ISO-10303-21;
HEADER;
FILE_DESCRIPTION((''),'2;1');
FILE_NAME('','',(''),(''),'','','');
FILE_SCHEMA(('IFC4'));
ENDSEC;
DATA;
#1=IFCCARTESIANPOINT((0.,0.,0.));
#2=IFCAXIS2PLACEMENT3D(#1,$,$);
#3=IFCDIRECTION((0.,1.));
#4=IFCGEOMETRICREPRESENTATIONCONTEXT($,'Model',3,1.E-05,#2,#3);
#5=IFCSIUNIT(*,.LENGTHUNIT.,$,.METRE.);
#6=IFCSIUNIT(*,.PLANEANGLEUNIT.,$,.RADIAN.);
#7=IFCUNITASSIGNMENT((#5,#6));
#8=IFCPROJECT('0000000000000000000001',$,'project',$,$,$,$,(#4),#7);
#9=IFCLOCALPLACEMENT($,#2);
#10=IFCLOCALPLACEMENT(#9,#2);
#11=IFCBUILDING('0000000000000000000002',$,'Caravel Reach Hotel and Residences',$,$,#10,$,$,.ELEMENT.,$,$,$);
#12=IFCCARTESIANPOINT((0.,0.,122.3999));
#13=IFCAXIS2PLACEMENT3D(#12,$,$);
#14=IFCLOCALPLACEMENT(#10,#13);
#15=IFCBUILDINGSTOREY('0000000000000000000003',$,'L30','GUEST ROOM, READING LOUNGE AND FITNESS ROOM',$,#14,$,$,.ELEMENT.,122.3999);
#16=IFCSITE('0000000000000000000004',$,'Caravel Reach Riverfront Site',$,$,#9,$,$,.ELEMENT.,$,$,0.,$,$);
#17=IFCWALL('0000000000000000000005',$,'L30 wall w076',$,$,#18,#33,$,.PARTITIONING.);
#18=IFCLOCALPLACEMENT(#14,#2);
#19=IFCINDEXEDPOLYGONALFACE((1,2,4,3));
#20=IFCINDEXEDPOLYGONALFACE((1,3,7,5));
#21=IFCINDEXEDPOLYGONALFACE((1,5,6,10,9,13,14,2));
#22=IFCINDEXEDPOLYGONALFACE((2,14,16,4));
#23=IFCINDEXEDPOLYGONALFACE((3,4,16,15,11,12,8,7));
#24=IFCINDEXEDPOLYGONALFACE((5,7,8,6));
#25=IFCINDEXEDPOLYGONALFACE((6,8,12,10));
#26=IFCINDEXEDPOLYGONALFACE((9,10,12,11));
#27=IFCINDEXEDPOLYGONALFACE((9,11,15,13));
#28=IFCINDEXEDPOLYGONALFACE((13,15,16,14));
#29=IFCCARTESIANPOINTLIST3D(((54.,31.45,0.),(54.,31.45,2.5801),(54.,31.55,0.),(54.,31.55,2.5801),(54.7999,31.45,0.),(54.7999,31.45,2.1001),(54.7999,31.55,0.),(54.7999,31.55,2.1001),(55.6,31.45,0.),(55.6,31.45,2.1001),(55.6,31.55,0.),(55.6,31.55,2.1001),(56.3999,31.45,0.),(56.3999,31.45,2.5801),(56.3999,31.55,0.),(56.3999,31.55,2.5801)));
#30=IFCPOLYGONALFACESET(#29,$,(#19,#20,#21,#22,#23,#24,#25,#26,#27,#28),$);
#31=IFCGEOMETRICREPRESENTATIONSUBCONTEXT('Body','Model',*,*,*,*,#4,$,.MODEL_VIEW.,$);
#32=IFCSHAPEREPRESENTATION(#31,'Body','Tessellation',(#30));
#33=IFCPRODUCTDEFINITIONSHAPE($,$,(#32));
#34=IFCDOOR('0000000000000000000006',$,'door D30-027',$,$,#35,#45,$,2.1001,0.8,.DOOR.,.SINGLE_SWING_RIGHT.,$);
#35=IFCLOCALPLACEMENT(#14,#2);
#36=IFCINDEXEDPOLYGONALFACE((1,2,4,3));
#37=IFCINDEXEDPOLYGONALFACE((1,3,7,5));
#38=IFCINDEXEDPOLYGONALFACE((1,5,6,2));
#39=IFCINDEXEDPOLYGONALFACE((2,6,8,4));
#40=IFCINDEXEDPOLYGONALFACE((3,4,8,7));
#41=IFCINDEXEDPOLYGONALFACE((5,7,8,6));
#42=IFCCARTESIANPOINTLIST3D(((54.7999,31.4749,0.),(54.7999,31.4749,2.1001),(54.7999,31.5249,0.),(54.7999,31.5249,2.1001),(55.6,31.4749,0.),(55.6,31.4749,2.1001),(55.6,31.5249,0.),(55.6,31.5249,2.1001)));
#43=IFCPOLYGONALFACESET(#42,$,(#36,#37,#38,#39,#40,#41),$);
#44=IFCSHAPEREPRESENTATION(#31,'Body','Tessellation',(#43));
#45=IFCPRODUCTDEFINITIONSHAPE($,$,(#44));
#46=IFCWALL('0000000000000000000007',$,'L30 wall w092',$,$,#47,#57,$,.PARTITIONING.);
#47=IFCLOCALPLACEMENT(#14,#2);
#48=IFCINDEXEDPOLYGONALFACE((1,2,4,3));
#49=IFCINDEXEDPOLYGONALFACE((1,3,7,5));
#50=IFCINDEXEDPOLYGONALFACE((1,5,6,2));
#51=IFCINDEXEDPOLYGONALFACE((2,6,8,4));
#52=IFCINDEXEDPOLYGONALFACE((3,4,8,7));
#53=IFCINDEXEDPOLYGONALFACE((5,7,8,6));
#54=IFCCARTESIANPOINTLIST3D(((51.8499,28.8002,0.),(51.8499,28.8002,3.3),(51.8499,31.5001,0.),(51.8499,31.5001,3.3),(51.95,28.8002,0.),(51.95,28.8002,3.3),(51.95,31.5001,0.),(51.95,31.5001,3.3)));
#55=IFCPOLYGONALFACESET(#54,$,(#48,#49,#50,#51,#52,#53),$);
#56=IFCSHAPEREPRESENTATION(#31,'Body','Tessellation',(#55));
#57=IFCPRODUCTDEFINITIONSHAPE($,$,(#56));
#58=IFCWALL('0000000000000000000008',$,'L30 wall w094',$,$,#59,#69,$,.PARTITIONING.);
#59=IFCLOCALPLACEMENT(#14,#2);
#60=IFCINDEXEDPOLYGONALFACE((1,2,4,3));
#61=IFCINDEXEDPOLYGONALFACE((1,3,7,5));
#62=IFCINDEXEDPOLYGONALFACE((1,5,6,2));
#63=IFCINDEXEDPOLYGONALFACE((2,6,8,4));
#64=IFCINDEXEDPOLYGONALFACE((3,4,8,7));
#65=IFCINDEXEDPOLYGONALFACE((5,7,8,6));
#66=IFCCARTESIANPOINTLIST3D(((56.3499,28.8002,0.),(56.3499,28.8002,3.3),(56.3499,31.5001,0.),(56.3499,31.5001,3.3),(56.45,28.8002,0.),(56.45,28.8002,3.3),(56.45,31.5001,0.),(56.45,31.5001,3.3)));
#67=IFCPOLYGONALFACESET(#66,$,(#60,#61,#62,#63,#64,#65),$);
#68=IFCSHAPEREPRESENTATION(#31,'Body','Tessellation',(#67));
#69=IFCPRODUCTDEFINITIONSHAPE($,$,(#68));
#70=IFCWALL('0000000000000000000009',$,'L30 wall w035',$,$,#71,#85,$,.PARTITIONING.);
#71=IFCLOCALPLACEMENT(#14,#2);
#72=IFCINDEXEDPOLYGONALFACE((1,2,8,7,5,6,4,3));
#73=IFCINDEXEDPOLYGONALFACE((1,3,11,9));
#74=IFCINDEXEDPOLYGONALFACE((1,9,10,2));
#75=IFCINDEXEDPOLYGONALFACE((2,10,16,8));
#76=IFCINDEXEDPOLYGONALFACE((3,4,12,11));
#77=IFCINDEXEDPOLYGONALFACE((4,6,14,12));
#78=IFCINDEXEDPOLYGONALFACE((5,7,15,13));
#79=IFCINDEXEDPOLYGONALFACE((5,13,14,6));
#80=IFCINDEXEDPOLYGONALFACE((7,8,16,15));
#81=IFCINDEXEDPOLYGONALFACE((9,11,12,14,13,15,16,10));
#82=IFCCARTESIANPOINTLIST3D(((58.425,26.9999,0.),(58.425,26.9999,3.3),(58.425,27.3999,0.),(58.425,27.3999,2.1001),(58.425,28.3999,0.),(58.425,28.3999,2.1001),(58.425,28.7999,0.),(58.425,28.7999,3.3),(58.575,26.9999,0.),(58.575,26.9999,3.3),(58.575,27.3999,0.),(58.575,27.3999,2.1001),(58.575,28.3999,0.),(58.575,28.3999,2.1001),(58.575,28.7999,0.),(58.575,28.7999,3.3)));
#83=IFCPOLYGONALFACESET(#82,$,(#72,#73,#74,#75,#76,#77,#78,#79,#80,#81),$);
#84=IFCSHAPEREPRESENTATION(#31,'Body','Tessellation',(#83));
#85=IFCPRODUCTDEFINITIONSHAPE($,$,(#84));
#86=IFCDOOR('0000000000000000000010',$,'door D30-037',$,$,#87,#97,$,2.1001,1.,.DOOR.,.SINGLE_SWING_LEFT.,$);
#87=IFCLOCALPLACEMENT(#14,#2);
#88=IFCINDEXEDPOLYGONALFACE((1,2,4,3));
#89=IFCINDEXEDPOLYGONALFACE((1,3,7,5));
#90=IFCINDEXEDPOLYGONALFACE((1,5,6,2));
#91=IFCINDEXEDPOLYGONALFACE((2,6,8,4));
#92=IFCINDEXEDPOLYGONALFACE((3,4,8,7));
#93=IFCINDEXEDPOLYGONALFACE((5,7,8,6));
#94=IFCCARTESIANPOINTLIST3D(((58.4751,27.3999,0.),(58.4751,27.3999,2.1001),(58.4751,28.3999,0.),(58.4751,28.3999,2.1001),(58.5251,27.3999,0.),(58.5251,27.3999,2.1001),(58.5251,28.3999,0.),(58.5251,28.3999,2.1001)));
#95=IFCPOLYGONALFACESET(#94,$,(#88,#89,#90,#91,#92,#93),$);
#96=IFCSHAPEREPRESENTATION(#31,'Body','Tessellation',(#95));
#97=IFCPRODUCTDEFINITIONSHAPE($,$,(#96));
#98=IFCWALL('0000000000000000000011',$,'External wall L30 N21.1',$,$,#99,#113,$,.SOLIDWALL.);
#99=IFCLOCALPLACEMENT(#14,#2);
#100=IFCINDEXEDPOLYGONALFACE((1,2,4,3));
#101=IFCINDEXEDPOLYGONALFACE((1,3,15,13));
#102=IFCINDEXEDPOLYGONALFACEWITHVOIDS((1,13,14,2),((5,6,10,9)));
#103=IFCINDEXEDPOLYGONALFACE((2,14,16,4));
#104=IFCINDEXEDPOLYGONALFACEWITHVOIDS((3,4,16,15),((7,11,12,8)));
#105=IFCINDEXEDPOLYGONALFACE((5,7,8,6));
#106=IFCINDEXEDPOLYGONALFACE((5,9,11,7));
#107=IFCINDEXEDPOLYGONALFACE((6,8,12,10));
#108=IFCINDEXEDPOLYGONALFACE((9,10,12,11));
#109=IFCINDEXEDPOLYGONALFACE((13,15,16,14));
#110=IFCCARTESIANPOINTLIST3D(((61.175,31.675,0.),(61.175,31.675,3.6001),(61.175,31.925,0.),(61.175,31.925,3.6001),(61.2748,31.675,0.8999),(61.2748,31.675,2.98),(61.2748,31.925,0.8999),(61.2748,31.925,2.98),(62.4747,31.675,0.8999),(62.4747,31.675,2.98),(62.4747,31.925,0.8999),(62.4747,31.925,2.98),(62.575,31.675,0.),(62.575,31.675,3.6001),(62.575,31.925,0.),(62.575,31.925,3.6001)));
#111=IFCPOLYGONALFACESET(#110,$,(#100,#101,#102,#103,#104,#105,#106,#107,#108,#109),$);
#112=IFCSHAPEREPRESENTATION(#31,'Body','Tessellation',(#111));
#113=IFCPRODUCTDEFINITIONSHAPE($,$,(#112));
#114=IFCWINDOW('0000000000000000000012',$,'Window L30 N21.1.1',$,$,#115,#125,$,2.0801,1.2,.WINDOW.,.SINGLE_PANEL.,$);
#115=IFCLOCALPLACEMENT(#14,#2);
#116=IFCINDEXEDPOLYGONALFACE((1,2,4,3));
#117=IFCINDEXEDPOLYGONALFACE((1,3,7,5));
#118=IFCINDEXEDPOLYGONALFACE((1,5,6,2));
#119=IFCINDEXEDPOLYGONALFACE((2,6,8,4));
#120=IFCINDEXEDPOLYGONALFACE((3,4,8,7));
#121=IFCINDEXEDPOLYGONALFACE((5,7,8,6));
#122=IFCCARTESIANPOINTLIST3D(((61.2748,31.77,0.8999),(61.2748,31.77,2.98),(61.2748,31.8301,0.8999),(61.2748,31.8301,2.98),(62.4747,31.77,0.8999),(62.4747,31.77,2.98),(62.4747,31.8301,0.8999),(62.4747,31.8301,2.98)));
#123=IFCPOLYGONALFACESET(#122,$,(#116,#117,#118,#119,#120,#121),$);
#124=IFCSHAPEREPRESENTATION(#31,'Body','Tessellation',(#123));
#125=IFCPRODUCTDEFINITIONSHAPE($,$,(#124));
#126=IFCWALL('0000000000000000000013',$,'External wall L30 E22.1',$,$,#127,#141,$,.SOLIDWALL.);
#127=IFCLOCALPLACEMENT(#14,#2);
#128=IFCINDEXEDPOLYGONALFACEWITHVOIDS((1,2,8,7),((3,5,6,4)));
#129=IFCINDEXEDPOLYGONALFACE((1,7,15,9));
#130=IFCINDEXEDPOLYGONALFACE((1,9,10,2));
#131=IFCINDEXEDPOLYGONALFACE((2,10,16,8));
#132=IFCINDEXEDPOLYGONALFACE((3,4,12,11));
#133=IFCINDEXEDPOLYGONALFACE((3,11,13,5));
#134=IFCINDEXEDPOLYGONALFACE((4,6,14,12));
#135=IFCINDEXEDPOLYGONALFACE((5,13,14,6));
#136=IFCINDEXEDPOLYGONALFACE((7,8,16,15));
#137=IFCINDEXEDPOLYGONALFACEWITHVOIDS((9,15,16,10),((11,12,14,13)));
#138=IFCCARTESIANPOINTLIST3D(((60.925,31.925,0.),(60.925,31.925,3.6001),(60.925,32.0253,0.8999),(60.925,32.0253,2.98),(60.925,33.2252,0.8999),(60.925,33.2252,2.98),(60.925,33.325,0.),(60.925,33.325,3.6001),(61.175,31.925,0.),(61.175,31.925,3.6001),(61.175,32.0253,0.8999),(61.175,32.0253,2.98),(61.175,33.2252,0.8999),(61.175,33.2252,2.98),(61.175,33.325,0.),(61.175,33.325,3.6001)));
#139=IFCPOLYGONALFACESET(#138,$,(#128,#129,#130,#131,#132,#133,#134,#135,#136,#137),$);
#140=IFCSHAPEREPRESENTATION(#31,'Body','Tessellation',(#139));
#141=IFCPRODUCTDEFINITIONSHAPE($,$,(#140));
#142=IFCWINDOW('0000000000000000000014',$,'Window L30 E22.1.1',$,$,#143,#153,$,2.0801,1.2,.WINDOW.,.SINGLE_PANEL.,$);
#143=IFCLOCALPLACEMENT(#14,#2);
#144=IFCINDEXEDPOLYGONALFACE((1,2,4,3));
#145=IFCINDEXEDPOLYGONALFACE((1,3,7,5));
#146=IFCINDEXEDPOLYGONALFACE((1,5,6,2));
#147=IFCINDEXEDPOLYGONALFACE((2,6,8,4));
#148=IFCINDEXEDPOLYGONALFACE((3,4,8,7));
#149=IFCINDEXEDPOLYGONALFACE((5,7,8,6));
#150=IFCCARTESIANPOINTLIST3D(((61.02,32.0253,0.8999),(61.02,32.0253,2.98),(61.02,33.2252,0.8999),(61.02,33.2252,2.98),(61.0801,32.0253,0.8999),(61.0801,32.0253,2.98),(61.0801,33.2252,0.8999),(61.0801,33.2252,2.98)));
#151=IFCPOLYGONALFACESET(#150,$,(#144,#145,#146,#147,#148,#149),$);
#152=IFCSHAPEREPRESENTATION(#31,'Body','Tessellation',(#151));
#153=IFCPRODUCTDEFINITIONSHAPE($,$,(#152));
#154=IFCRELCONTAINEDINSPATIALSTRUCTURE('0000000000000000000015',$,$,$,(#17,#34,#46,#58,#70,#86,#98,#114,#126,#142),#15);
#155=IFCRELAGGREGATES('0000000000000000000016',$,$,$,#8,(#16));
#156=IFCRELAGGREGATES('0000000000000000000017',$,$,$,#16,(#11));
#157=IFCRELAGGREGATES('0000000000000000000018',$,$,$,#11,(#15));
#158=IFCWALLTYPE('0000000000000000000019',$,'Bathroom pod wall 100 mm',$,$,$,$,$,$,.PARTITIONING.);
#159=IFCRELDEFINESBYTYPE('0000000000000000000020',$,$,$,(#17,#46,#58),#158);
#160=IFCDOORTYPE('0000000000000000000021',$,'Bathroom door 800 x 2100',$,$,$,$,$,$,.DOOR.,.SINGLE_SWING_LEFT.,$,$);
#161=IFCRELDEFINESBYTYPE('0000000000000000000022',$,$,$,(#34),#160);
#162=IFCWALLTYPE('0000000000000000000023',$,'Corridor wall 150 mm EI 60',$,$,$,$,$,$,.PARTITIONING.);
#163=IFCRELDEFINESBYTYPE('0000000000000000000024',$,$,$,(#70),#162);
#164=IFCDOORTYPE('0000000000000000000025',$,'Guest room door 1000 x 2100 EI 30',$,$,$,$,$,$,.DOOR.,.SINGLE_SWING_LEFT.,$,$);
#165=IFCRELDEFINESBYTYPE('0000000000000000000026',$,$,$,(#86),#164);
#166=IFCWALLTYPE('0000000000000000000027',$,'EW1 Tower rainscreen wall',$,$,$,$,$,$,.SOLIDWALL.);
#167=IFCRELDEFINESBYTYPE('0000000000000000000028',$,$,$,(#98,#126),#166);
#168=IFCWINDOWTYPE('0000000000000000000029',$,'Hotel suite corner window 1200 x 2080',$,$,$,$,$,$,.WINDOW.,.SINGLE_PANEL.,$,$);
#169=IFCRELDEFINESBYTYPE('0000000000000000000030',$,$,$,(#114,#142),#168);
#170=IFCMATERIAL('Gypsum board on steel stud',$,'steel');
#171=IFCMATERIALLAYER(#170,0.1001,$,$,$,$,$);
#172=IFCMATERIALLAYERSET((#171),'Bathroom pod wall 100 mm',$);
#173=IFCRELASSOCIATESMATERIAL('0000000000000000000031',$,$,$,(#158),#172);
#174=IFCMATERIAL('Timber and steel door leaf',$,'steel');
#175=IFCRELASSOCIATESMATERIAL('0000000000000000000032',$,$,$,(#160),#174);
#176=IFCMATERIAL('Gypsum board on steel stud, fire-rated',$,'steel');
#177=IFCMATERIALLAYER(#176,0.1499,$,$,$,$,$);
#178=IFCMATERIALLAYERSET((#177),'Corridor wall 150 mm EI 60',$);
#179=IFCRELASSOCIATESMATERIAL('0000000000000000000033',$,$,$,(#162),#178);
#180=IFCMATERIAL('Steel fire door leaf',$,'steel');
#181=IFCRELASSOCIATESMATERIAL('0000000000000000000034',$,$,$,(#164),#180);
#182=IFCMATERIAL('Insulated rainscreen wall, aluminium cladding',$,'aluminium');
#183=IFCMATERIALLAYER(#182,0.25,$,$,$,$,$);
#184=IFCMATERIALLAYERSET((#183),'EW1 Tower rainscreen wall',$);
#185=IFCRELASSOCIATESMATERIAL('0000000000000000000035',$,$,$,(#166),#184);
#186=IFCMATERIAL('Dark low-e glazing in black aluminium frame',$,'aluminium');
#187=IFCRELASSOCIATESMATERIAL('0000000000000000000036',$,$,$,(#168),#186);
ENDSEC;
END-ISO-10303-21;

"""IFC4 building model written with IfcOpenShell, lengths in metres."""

from ifc_helpers import new_model, si_unit, direction, frame, frame_2d, origin, place, context, subcontext, project, spatial, rectangle, extrude, material, layer, layer_set, type_object, element, fill, save


model = new_model("IFC4")

# Units and contexts
model_context = context("Model", 3, precision=1e-05, world=origin(), true_north=direction((0.0, 1.0)))
body_context = subcontext(model_context, "Body", "Model", "MODEL_VIEW")
ifc_project = project(units=[si_unit("LENGTHUNIT", "METRE"), si_unit("PLANEANGLEUNIT", "RADIAN")], contexts=[model_context])

# Site, building, storey
site_placement = place(None, origin())
site = spatial("IfcSite", under=ifc_project, at=site_placement, Name="Caravel Reach Riverfront Site", CompositionType="ELEMENT", RefElevation=0.0)
building_placement = place(site_placement, origin())
building = spatial("IfcBuilding", under=site, at=building_placement, Name="Caravel Reach Hotel and Residences", CompositionType="ELEMENT")
storey_placement = place(building_placement, frame((0.0, 0.0, 122.3999)))
storey = spatial("IfcBuildingStorey", under=building, at=storey_placement, Name="L30", Description="GUEST ROOM, READING LOUNGE AND FITNESS ROOM", CompositionType="ELEMENT", Elevation=122.3999)

# Wall, opening, door
ifc_material_1 = material(Name="Gypsum board on steel stud", Category="steel")
ifc_layer_1 = layer(ifc_material_1, 0.1001)
ifc_layer_set_1 = layer_set([ifc_layer_1], Name="Bathroom pod wall 100 mm")
wall_type_1 = type_object("IfcWallType", Name="Bathroom pod wall 100 mm", PredefinedType="PARTITIONING", material=ifc_layer_set_1)
wall_1_placement = place(storey_placement, frame((54.0, 31.5, 0.0), z_axis=(0.0, 0.0, 1.0), x_axis=(1.0, 0.0, 0.0)))
wall_1 = element("IfcWall", 1, at=wall_1_placement, inside=storey, type_object=wall_type_1, Name="L30 wall w076", PredefinedType="PARTITIONING", context=body_context, shape_type="SweptSolid", body=[
    extrude(rectangle(XDim=2.3999, YDim=0.1001, at=frame_2d((1.2, 0.0))), origin(), (0.0, 0.0, 1.0), 2.5801),
])
opening_1_placement = place(wall_1_placement, frame((0.8, 0.0, 0.0)))
opening_1 = element("IfcOpeningElement", 2, at=opening_1_placement, cuts=wall_1, PredefinedType="OPENING", context=body_context, shape_type="SweptSolid", body=[
    extrude(rectangle(XDim=0.8, YDim=2.1001, at=frame_2d((0.3999, 1.05))), frame((0.0, 0.0601, 0.0), z_axis=(0.0, -1.0, 0.0), x_axis=(1.0, 0.0, 0.0)), (0.0, 0.0, 1.0), 0.1201),
])
ifc_material_2 = material(Name="Timber and steel door leaf", Category="steel")
door_type_1 = type_object("IfcDoorType", Name="Bathroom door 800 x 2100", OperationType="SINGLE_SWING_LEFT", PredefinedType="DOOR", material=ifc_material_2)
door_1_placement = place(opening_1_placement, origin())
door_1 = element("IfcDoor", 3, at=door_1_placement, inside=storey, type_object=door_type_1, Name="door D30-027", OperationType="SINGLE_SWING_RIGHT", OverallHeight=2.1001, OverallWidth=0.8, PredefinedType="DOOR", context=body_context, shape_type="SweptSolid", body=[
    extrude(rectangle(XDim=0.8, YDim=2.1001, at=frame_2d((0.3999, 1.05))), frame((0.0, 0.0249, 0.0), z_axis=(0.0, -1.0, 0.0), x_axis=(1.0, 0.0, 0.0)), (0.0, 0.0, 1.0), 0.05),
])
fill(opening_1, door_1)

# Walls
for number, where, z_axis, x_axis, name in (
    (4, (51.8999, 28.8, 0.0), (0.0, 0.0, 1.0), (0.0, 1.0, 0.0), "L30 wall w092"),
    (5, (56.3999, 28.8, 0.0), (0.0, 0.0, 1.0), (0.0, 1.0, 0.0), "L30 wall w094"),
):
    element("IfcWall", number, at=place(storey_placement, frame(where, z_axis=z_axis, x_axis=x_axis)), inside=storey, type_object=wall_type_1, Name=name, PredefinedType="PARTITIONING", context=body_context, shape_type="SweptSolid", body=[
        extrude(rectangle(XDim=2.7, YDim=0.1001, at=frame_2d((1.3501, 0.0))), origin(), (0.0, 0.0, 1.0), 3.3),
    ])

# Wall, opening, door
ifc_material_3 = material(Name="Gypsum board on steel stud, fire-rated", Category="steel")
ifc_layer_2 = layer(ifc_material_3, 0.1499)
ifc_layer_set_2 = layer_set([ifc_layer_2], Name="Corridor wall 150 mm EI 60")
wall_type_2 = type_object("IfcWallType", Name="Corridor wall 150 mm EI 60", PredefinedType="PARTITIONING", material=ifc_layer_set_2)
wall_2_placement = place(storey_placement, frame((58.5, 27.0, 0.0), z_axis=(0.0, 0.0, 1.0), x_axis=(0.0, 1.0, 0.0)))
wall_2 = element("IfcWall", 6, at=wall_2_placement, inside=storey, type_object=wall_type_2, Name="L30 wall w035", PredefinedType="PARTITIONING", context=body_context, shape_type="SweptSolid", body=[
    extrude(rectangle(XDim=1.8, YDim=0.1499, at=frame_2d((0.8999, 0.0))), origin(), (0.0, 0.0, 1.0), 3.3),
])
opening_2_placement = place(wall_2_placement, frame((0.3999, 0.0, 0.0)))
opening_2 = element("IfcOpeningElement", 7, at=opening_2_placement, cuts=wall_2, PredefinedType="OPENING", context=body_context, shape_type="SweptSolid", body=[
    extrude(rectangle(XDim=1.0, YDim=2.1001, at=frame_2d((0.5, 1.05))), frame((0.0, 0.085, 0.0), z_axis=(0.0, -1.0, 0.0), x_axis=(1.0, 0.0, 0.0)), (0.0, 0.0, 1.0), 0.1699),
])
ifc_material_4 = material(Name="Steel fire door leaf", Category="steel")
door_type_2 = type_object("IfcDoorType", Name="Guest room door 1000 x 2100 EI 30", OperationType="SINGLE_SWING_LEFT", PredefinedType="DOOR", material=ifc_material_4)
door_2_placement = place(opening_2_placement, origin())
door_2 = element("IfcDoor", 8, at=door_2_placement, inside=storey, type_object=door_type_2, Name="door D30-037", OperationType="SINGLE_SWING_LEFT", OverallHeight=2.1001, OverallWidth=1.0, PredefinedType="DOOR", context=body_context, shape_type="SweptSolid", body=[
    extrude(rectangle(XDim=1.0, YDim=2.1001, at=frame_2d((0.5, 1.05))), frame((0.0, 0.0249, 0.0), z_axis=(0.0, -1.0, 0.0), x_axis=(1.0, 0.0, 0.0)), (0.0, 0.0, 1.0), 0.05),
])
fill(opening_2, door_2)

# Walls, openings, windows
ifc_material_5 = material(Name="Insulated rainscreen wall, aluminium cladding", Category="aluminium")
ifc_layer_3 = layer(ifc_material_5, 0.25)
ifc_layer_set_3 = layer_set([ifc_layer_3], Name="EW1 Tower rainscreen wall")
wall_type_3 = type_object("IfcWallType", Name="EW1 Tower rainscreen wall", PredefinedType="SOLIDWALL", material=ifc_layer_set_3)
wall_3_placement = place(storey_placement, frame((62.575, 31.8, 0.0), z_axis=(0.0, 0.0, 1.0), x_axis=(-1.0, 0.0, 0.0)))
wall_3 = element("IfcWall", 9, at=wall_3_placement, inside=storey, type_object=wall_type_3, Name="External wall L30 N21.1", PredefinedType="SOLIDWALL", context=body_context, shape_type="SweptSolid", body=[
    extrude(rectangle(XDim=1.3999, YDim=0.25, at=frame_2d((0.7, 0.0))), origin(), (0.0, 0.0, 1.0), 3.6001),
])
opening_3_placement = place(wall_3_placement, frame((0.1001, 0.0, 0.8999)))
opening_3 = element("IfcOpeningElement", 10, at=opening_3_placement, cuts=wall_3, PredefinedType="OPENING", context=body_context, shape_type="SweptSolid", body=[
    extrude(rectangle(XDim=1.2, YDim=2.0801, at=frame_2d((0.6001, 1.04))), frame((0.0, 0.135, 0.0), z_axis=(0.0, -1.0, 0.0), x_axis=(1.0, 0.0, 0.0)), (0.0, 0.0, 1.0), 0.27),
])
ifc_material_6 = material(Name="Dark low-e glazing in black aluminium frame", Category="aluminium")
window_type_1 = type_object("IfcWindowType", Name="Hotel suite corner window 1200 x 2080", PartitioningType="SINGLE_PANEL", PredefinedType="WINDOW", material=ifc_material_6)
window_1_placement = place(opening_3_placement, origin())
window_1 = element("IfcWindow", 11, at=window_1_placement, inside=storey, type_object=window_type_1, Name="Window L30 N21.1.1", OverallHeight=2.0801, OverallWidth=1.2, PartitioningType="SINGLE_PANEL", PredefinedType="WINDOW", context=body_context, shape_type="SweptSolid", body=[
    extrude(rectangle(XDim=1.2, YDim=2.0801, at=frame_2d((0.6001, 1.04))), frame((0.0, 0.03, 0.0), z_axis=(0.0, -1.0, 0.0), x_axis=(1.0, 0.0, 0.0)), (0.0, 0.0, 1.0), 0.0601),
])
fill(opening_3, window_1)
wall_4_placement = place(storey_placement, frame((61.05, 31.925, 0.0), z_axis=(0.0, 0.0, 1.0), x_axis=(0.0, 1.0, 0.0)))
wall_4 = element("IfcWall", 12, at=wall_4_placement, inside=storey, type_object=wall_type_3, Name="External wall L30 E22.1", PredefinedType="SOLIDWALL", context=body_context, shape_type="SweptSolid", body=[
    extrude(rectangle(XDim=1.3999, YDim=0.25, at=frame_2d((0.7, 0.0))), origin(), (0.0, 0.0, 1.0), 3.6001),
])
opening_4_placement = place(wall_4_placement, frame((0.1001, 0.0, 0.8999)))
opening_4 = element("IfcOpeningElement", 13, at=opening_4_placement, cuts=wall_4, PredefinedType="OPENING", context=body_context, shape_type="SweptSolid", body=[
    extrude(rectangle(XDim=1.2, YDim=2.0801, at=frame_2d((0.6001, 1.04))), frame((0.0, 0.135, 0.0), z_axis=(0.0, -1.0, 0.0), x_axis=(1.0, 0.0, 0.0)), (0.0, 0.0, 1.0), 0.27),
])
window_2_placement = place(opening_4_placement, origin())
window_2 = element("IfcWindow", 14, at=window_2_placement, inside=storey, type_object=window_type_1, Name="Window L30 E22.1.1", OverallHeight=2.0801, OverallWidth=1.2, PartitioningType="SINGLE_PANEL", PredefinedType="WINDOW", context=body_context, shape_type="SweptSolid", body=[
    extrude(rectangle(XDim=1.2, YDim=2.0801, at=frame_2d((0.6001, 1.04))), frame((0.0, 0.03, 0.0), z_axis=(0.0, -1.0, 0.0), x_axis=(1.0, 0.0, 0.0)), (0.0, 0.0, 1.0), 0.0601),
])
fill(opening_4, window_2)

save(model, "model.ifc")
